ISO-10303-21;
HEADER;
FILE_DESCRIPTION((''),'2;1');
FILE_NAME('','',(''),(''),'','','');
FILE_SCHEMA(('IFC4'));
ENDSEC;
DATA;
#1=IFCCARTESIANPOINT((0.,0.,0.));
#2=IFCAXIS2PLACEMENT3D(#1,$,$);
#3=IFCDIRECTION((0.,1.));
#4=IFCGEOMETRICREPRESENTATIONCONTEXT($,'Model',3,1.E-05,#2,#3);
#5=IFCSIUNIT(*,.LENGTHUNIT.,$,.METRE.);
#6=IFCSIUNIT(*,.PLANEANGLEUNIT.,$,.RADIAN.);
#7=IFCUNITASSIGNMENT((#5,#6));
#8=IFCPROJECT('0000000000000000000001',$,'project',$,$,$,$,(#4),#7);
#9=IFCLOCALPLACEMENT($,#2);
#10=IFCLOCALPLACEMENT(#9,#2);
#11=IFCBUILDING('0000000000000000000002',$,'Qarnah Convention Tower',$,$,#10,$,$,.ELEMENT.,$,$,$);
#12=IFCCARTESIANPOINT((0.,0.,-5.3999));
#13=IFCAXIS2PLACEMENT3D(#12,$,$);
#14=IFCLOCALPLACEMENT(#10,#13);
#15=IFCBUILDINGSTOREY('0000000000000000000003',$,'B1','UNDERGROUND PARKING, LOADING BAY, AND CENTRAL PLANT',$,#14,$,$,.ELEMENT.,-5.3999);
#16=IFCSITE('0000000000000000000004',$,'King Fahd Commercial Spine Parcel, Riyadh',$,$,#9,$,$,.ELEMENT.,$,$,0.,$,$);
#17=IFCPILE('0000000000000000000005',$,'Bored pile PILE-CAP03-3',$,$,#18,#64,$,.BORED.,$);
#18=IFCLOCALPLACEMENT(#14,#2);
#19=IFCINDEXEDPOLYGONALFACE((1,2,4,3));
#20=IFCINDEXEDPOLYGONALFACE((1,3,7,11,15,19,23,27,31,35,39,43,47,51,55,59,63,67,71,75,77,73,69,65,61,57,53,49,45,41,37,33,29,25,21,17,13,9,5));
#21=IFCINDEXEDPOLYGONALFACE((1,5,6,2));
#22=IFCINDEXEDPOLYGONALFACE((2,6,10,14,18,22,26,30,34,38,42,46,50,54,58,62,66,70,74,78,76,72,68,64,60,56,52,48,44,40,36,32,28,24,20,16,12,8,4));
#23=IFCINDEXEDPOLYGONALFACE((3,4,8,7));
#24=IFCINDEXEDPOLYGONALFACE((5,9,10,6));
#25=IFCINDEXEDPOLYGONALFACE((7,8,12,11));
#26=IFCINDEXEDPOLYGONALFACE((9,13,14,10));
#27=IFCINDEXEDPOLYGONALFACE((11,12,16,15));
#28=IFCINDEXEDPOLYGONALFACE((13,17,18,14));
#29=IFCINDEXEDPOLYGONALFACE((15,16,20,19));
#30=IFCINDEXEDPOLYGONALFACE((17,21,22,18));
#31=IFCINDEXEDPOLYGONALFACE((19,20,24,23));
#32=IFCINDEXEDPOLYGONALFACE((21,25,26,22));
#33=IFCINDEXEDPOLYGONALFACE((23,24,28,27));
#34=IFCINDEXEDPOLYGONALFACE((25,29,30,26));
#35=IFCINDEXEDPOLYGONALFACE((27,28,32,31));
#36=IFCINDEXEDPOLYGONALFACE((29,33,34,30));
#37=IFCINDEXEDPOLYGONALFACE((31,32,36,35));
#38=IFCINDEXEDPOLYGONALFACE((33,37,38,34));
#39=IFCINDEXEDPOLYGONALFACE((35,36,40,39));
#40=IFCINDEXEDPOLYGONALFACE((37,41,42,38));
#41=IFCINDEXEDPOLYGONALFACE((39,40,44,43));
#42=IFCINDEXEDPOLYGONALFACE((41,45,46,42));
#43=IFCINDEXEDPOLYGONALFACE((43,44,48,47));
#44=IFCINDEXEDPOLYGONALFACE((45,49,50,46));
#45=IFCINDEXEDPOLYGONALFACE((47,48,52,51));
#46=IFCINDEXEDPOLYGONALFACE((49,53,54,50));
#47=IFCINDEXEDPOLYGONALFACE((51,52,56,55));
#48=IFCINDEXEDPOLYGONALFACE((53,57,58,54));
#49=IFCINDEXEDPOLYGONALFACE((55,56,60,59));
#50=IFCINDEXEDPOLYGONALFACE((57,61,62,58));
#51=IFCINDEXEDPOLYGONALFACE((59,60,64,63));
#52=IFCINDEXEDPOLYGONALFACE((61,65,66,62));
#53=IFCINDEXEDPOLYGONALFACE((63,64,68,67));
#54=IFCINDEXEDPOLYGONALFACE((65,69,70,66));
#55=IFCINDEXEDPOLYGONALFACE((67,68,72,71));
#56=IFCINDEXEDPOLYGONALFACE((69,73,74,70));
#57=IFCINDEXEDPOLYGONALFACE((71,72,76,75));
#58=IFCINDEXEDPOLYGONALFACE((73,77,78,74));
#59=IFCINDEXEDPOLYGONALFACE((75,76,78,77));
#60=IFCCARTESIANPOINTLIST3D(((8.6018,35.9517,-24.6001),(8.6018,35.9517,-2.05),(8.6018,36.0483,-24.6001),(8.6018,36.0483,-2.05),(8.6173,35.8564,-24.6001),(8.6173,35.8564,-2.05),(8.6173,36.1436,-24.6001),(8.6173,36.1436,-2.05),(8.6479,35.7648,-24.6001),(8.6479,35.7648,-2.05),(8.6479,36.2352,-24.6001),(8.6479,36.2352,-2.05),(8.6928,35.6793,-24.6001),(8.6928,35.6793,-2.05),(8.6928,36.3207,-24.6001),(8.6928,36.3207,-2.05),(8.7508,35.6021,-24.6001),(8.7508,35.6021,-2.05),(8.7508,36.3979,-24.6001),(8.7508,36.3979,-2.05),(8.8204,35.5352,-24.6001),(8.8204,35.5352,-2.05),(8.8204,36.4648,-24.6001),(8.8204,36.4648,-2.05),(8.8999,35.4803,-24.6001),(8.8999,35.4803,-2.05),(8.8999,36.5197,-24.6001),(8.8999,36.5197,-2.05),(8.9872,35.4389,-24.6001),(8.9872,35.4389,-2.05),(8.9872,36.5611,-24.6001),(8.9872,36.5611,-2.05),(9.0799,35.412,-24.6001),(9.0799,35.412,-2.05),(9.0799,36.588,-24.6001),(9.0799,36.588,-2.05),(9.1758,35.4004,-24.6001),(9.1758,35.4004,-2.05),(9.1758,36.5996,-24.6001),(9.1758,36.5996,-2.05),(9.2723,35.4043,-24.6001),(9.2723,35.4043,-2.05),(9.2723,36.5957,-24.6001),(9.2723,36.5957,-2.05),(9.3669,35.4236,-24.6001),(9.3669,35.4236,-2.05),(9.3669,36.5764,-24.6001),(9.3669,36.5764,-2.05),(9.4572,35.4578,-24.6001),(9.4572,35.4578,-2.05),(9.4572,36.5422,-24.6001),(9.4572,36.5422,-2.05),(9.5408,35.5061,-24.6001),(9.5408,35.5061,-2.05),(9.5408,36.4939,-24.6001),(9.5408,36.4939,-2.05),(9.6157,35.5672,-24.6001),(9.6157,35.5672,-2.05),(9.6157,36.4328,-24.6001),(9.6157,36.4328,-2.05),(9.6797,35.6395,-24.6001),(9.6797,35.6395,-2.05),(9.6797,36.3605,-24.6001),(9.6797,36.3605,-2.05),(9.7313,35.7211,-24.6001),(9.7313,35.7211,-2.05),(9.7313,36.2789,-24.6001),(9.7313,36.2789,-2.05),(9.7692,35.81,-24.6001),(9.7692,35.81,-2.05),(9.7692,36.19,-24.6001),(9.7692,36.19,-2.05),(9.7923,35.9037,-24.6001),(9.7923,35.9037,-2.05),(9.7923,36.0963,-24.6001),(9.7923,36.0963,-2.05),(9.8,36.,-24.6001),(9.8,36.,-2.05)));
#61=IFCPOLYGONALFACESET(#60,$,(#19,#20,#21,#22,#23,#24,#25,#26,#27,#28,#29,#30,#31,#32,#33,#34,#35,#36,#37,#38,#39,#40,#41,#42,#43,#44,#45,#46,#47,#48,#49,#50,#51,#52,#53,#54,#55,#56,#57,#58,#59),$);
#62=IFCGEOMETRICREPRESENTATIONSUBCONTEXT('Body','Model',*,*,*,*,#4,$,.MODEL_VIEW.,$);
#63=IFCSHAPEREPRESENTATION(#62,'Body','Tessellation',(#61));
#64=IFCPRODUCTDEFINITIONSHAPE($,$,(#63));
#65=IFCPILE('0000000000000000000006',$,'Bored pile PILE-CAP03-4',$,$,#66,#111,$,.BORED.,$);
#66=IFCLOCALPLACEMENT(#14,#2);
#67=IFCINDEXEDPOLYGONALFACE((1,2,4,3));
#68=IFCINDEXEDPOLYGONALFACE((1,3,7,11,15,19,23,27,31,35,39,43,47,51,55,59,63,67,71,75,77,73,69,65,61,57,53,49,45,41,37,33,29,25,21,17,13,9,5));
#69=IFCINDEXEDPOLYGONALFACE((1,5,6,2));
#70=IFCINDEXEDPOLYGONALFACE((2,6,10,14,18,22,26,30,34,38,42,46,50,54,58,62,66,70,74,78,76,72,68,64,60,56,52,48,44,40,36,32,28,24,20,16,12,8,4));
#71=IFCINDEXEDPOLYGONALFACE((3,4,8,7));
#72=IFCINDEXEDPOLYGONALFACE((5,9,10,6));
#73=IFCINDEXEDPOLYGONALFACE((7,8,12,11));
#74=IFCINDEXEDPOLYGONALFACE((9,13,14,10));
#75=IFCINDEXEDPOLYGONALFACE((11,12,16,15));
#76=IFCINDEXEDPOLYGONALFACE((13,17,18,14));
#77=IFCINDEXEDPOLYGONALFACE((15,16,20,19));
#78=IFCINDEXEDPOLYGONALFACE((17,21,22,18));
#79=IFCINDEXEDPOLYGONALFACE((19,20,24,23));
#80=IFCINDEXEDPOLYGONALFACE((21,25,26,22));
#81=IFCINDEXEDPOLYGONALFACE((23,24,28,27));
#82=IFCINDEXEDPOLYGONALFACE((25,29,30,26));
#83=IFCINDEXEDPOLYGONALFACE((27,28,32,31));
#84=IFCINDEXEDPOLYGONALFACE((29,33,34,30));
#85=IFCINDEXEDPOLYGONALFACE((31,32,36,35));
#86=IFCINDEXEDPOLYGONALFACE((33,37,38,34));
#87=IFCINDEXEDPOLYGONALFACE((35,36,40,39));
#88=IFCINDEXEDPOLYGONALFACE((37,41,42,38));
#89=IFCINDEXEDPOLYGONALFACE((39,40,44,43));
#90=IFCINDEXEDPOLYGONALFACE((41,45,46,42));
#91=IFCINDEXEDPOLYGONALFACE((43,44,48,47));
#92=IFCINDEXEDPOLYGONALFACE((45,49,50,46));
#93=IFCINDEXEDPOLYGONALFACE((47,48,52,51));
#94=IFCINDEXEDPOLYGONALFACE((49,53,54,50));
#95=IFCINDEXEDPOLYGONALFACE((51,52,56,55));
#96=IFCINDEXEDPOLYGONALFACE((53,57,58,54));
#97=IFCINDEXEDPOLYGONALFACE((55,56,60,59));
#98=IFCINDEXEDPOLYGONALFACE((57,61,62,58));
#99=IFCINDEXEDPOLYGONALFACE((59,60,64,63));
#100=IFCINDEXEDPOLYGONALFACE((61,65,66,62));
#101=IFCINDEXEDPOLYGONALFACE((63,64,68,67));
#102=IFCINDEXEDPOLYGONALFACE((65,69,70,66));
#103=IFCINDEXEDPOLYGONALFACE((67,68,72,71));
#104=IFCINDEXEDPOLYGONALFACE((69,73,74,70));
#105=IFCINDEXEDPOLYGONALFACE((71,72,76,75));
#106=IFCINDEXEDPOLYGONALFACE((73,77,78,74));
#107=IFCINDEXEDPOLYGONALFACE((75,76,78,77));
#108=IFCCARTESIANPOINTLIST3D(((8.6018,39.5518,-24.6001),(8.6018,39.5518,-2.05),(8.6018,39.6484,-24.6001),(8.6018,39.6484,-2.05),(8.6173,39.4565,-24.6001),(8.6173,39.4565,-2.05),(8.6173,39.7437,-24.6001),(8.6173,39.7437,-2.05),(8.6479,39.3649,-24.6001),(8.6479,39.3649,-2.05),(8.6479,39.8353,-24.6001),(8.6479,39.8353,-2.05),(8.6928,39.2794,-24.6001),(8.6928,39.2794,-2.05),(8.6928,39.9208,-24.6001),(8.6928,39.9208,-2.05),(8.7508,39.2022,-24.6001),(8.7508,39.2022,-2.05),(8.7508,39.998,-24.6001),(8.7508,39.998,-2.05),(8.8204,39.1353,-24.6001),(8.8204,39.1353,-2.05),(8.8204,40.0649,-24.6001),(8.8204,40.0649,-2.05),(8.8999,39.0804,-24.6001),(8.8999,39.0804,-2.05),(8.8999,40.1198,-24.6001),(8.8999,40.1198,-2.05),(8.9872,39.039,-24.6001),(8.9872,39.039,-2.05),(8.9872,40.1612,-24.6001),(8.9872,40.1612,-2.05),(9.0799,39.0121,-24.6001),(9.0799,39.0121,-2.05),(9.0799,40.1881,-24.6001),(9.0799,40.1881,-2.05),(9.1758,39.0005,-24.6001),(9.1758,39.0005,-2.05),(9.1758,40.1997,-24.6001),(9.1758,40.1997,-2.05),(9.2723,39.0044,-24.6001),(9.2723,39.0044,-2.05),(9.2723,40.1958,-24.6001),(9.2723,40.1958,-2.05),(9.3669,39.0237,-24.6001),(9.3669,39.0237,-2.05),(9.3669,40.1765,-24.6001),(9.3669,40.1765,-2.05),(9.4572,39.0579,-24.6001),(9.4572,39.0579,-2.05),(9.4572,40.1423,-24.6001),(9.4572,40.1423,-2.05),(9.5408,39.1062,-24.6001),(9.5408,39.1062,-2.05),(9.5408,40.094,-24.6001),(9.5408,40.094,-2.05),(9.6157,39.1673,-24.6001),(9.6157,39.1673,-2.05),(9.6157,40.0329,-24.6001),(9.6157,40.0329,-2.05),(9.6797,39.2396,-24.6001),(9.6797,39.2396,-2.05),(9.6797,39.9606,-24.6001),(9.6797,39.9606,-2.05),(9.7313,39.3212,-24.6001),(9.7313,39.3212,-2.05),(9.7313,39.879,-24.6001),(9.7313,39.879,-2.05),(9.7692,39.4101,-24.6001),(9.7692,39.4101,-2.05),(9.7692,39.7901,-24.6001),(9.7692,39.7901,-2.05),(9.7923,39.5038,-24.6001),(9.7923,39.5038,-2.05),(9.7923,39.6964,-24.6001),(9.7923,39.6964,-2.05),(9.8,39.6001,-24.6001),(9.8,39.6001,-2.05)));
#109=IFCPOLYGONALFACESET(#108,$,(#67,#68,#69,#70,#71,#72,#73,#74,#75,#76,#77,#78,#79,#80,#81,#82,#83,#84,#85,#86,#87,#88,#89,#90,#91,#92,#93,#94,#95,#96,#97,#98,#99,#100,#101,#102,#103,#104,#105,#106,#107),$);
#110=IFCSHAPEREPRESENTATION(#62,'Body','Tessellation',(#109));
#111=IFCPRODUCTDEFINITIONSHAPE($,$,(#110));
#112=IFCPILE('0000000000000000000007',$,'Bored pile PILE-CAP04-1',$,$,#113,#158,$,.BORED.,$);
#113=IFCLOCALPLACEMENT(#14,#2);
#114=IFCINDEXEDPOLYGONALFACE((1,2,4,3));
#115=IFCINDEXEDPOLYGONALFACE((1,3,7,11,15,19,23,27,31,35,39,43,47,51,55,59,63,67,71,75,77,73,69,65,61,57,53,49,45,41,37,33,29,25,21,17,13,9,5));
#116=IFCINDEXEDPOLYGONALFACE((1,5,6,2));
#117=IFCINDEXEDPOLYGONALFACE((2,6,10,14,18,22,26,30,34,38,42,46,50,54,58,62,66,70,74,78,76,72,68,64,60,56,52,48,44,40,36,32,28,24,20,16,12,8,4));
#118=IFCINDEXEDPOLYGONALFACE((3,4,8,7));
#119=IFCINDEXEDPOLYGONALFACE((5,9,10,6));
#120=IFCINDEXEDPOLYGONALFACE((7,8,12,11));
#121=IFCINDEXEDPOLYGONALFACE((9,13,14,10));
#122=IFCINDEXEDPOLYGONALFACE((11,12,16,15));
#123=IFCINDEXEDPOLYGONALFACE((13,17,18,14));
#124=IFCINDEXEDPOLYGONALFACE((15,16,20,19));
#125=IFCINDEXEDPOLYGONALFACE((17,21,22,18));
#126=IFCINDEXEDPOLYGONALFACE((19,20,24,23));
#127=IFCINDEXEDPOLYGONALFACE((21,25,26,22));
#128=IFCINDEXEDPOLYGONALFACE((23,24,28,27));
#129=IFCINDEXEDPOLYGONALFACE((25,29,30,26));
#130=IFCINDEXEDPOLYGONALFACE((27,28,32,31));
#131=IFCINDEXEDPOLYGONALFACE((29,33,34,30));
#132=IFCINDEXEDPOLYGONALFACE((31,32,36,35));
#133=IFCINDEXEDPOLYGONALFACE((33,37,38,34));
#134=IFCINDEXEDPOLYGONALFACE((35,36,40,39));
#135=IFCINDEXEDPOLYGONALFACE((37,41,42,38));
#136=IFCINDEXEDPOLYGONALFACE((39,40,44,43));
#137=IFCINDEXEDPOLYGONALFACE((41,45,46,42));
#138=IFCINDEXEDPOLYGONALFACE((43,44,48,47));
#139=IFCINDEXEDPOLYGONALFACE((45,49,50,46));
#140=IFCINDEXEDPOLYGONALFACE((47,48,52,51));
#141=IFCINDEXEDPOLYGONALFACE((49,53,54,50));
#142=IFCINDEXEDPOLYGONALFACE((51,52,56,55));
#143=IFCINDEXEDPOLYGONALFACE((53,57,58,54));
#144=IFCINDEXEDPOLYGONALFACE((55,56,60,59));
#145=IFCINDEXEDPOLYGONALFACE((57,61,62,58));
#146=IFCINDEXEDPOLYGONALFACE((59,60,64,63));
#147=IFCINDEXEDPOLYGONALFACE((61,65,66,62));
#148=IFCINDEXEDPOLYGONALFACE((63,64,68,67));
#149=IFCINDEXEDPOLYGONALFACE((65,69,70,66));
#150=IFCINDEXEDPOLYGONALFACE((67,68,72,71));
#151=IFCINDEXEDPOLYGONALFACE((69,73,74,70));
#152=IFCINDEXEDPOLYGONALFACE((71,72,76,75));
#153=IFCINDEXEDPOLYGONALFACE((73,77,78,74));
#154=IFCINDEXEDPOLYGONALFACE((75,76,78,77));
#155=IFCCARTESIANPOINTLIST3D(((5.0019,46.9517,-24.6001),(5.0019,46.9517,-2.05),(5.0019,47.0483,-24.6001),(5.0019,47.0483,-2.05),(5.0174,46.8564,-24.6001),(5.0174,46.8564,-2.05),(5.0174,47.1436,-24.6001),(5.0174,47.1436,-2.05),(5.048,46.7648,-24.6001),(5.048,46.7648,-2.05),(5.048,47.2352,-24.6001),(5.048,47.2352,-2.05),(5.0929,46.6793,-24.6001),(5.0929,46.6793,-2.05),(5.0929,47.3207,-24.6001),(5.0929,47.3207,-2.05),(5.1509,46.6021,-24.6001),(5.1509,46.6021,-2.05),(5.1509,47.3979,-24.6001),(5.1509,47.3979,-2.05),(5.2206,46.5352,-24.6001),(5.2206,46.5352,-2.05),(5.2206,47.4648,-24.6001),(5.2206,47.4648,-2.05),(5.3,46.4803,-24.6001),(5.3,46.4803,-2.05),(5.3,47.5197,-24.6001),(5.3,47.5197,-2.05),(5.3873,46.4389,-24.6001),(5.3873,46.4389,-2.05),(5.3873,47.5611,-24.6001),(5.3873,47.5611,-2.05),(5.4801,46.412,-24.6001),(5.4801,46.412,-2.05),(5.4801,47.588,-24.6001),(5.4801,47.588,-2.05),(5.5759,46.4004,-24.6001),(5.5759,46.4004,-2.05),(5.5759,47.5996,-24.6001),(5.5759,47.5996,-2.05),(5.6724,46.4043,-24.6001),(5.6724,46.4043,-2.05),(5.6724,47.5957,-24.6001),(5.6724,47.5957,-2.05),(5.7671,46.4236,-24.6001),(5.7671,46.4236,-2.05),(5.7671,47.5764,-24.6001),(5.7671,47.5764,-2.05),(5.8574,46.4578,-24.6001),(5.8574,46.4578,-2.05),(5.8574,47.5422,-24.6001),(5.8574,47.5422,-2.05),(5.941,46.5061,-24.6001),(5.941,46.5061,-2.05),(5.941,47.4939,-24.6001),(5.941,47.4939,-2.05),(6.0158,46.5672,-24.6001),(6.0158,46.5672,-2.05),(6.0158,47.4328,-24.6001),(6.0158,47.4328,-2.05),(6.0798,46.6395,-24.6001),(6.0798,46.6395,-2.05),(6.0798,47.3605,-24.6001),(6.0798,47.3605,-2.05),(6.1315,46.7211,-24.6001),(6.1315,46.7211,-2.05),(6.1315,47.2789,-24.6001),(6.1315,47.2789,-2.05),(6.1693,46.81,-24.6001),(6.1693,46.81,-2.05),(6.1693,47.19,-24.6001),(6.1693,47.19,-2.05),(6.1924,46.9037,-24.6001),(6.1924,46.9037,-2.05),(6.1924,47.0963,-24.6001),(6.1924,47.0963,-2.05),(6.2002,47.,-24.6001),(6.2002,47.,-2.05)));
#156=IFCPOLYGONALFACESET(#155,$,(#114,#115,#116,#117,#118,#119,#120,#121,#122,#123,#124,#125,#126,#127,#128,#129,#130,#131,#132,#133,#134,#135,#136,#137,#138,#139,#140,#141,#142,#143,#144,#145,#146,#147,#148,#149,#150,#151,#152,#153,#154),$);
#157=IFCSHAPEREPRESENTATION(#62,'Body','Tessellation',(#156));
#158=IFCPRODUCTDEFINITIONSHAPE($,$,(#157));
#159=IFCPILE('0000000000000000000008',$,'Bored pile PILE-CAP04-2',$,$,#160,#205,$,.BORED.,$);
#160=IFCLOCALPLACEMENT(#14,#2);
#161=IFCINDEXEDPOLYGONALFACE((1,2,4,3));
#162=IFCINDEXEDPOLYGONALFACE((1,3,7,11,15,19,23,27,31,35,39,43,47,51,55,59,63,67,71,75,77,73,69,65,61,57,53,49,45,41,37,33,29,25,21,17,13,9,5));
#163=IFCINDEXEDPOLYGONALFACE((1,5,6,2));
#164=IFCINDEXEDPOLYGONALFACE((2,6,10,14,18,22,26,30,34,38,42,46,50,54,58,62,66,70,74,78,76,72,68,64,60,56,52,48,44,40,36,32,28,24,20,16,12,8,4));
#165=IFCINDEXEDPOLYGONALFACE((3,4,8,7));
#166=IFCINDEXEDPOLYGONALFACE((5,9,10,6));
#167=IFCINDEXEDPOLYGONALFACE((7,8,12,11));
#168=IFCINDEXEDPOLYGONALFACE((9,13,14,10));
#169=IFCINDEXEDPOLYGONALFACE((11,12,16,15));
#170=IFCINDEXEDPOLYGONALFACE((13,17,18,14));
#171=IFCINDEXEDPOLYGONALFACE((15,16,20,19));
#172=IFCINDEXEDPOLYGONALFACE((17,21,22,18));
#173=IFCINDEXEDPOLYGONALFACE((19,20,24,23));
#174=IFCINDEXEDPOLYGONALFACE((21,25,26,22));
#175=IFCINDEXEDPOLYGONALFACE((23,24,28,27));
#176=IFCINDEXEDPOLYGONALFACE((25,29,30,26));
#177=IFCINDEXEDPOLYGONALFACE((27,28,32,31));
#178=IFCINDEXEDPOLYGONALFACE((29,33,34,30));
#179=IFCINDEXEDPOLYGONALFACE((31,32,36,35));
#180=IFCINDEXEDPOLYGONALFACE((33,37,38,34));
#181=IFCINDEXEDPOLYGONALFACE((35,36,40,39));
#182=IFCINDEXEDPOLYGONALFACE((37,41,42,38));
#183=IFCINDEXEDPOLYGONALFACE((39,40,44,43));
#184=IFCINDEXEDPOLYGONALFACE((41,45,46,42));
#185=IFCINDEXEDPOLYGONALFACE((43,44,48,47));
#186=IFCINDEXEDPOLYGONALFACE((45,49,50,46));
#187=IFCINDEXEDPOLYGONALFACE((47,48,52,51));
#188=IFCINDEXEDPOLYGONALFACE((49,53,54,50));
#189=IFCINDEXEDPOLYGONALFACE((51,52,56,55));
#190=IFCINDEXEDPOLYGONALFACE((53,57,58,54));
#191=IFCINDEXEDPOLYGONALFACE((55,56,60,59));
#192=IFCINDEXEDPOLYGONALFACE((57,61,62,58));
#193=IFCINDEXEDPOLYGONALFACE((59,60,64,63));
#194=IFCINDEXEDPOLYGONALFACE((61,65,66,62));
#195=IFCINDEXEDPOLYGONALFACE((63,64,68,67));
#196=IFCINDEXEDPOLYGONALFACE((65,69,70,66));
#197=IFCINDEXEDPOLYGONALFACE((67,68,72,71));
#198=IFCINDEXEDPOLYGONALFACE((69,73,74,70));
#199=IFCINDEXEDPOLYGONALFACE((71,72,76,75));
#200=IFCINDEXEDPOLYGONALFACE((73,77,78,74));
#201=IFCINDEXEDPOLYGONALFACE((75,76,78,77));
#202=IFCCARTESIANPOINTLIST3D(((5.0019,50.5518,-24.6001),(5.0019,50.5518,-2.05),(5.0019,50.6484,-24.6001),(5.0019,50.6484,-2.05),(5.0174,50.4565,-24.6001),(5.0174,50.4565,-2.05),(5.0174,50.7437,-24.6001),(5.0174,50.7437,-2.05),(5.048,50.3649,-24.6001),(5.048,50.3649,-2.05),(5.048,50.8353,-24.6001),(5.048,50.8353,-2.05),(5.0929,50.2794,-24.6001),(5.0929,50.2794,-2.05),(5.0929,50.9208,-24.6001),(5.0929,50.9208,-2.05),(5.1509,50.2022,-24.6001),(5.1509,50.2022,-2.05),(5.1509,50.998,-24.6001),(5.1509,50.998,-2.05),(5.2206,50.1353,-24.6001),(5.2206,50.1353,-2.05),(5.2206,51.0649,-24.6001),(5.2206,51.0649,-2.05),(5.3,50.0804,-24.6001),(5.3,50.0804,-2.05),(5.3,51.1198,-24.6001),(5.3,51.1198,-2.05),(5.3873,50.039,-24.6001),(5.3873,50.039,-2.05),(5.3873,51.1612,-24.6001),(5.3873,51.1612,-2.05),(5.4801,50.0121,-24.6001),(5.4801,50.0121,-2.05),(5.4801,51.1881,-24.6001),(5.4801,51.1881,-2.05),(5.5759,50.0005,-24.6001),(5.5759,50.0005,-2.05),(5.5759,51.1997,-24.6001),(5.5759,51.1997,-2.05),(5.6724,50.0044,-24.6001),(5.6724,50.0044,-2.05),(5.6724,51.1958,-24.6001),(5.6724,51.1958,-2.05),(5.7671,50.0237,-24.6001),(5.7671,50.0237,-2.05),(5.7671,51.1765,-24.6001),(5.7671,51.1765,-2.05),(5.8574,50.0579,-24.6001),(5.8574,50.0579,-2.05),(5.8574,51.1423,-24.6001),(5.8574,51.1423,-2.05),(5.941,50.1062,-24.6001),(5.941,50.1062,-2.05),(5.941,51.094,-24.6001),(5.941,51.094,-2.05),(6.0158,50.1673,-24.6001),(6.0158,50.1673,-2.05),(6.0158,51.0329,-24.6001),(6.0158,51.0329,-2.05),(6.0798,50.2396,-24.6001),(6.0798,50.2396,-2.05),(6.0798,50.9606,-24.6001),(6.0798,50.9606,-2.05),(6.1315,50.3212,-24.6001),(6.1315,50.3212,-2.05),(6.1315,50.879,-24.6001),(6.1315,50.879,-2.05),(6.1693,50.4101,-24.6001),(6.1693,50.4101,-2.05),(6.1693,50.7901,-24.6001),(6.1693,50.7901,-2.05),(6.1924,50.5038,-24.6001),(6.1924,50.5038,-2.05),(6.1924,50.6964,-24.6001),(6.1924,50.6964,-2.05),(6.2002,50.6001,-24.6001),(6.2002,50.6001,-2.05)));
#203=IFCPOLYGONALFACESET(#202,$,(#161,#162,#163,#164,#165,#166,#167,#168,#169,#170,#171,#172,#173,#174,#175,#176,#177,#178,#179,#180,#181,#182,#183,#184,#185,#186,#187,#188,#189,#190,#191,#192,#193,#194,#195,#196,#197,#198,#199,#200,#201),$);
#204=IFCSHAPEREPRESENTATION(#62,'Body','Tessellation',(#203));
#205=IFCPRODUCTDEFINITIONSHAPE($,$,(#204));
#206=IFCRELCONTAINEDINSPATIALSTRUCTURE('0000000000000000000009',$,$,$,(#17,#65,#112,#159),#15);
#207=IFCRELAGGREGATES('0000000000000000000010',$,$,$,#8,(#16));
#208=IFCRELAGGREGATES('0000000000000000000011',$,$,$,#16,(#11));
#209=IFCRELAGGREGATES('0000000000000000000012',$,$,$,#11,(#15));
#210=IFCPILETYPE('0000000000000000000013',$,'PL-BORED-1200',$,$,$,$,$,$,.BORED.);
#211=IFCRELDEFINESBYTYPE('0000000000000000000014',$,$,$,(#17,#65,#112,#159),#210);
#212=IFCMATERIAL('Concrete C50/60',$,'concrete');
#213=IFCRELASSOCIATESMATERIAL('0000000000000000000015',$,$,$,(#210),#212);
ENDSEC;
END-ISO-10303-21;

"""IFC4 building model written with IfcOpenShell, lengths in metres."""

from ifc_helpers import new_model, si_unit, direction, frame, origin, origin_2d, place, context, subcontext, project, spatial, circle, extrude, material, material_profile, profile_set, type_object, element, save


model = new_model("IFC4")

# Units and contexts
model_context = context("Model", 3, precision=1e-05, world=origin(), true_north=direction((0.0, 1.0)))
body_context = subcontext(model_context, "Body", "Model", "MODEL_VIEW")
ifc_project = project(units=[si_unit("LENGTHUNIT", "METRE"), si_unit("PLANEANGLEUNIT", "RADIAN")], contexts=[model_context])

# Site, building, storey
site_placement = place(None, origin())
site = spatial("IfcSite", under=ifc_project, at=site_placement, Name="King Fahd Commercial Spine Parcel, Riyadh", CompositionType="ELEMENT", RefElevation=0.0)
building_placement = place(site_placement, origin())
building = spatial("IfcBuilding", under=site, at=building_placement, Name="Qarnah Convention Tower", CompositionType="ELEMENT")
storey_placement = place(building_placement, frame((0.0, 0.0, -5.3999)))
storey = spatial("IfcBuildingStorey", under=building, at=storey_placement, Name="B1", Description="UNDERGROUND PARKING, LOADING BAY, AND CENTRAL PLANT", CompositionType="ELEMENT", Elevation=-5.3999)

# Shared definitions
ifc_material_1 = material(Name="Concrete C50/60", Category="concrete")

# Piles
ifc_material_profile_1 = material_profile(ifc_material_1, circle(Radius=0.6001, at=origin_2d()), Name="PILE-D1200")
ifc_profile_set_1 = profile_set([ifc_material_profile_1], Name="Concrete C50/60")
pile_type_1 = type_object("IfcPileType", Name="PL-BORED-1200", PredefinedType="BORED", material=ifc_profile_set_1)
for number, where, z_axis, x_axis, name in (
    (1, (9.2, 36.0, -2.05), (0.0, 0.0, -1.0), (1.0, 0.0, 0.0), "Bored pile PILE-CAP03-3"),
    (2, (9.2, 39.6001, -2.05), (0.0, 0.0, -1.0), (1.0, 0.0, 0.0), "Bored pile PILE-CAP03-4"),
    (3, (5.6001, 47.0, -2.05), (0.0, 0.0, -1.0), (1.0, 0.0, 0.0), "Bored pile PILE-CAP04-1"),
    (4, (5.6001, 50.6001, -2.05), (0.0, 0.0, -1.0), (1.0, 0.0, 0.0), "Bored pile PILE-CAP04-2"),
):
    element("IfcPile", number, at=place(storey_placement, frame(where, z_axis=z_axis, x_axis=x_axis)), inside=storey, type_object=pile_type_1, Name=name, PredefinedType="BORED", context=body_context, shape_type="SweptSolid", body=[
        extrude(circle(Radius=0.6001, at=origin_2d()), origin(), (0.0, 0.0, 1.0), 22.55),
    ])

save(model, "model.ifc")
